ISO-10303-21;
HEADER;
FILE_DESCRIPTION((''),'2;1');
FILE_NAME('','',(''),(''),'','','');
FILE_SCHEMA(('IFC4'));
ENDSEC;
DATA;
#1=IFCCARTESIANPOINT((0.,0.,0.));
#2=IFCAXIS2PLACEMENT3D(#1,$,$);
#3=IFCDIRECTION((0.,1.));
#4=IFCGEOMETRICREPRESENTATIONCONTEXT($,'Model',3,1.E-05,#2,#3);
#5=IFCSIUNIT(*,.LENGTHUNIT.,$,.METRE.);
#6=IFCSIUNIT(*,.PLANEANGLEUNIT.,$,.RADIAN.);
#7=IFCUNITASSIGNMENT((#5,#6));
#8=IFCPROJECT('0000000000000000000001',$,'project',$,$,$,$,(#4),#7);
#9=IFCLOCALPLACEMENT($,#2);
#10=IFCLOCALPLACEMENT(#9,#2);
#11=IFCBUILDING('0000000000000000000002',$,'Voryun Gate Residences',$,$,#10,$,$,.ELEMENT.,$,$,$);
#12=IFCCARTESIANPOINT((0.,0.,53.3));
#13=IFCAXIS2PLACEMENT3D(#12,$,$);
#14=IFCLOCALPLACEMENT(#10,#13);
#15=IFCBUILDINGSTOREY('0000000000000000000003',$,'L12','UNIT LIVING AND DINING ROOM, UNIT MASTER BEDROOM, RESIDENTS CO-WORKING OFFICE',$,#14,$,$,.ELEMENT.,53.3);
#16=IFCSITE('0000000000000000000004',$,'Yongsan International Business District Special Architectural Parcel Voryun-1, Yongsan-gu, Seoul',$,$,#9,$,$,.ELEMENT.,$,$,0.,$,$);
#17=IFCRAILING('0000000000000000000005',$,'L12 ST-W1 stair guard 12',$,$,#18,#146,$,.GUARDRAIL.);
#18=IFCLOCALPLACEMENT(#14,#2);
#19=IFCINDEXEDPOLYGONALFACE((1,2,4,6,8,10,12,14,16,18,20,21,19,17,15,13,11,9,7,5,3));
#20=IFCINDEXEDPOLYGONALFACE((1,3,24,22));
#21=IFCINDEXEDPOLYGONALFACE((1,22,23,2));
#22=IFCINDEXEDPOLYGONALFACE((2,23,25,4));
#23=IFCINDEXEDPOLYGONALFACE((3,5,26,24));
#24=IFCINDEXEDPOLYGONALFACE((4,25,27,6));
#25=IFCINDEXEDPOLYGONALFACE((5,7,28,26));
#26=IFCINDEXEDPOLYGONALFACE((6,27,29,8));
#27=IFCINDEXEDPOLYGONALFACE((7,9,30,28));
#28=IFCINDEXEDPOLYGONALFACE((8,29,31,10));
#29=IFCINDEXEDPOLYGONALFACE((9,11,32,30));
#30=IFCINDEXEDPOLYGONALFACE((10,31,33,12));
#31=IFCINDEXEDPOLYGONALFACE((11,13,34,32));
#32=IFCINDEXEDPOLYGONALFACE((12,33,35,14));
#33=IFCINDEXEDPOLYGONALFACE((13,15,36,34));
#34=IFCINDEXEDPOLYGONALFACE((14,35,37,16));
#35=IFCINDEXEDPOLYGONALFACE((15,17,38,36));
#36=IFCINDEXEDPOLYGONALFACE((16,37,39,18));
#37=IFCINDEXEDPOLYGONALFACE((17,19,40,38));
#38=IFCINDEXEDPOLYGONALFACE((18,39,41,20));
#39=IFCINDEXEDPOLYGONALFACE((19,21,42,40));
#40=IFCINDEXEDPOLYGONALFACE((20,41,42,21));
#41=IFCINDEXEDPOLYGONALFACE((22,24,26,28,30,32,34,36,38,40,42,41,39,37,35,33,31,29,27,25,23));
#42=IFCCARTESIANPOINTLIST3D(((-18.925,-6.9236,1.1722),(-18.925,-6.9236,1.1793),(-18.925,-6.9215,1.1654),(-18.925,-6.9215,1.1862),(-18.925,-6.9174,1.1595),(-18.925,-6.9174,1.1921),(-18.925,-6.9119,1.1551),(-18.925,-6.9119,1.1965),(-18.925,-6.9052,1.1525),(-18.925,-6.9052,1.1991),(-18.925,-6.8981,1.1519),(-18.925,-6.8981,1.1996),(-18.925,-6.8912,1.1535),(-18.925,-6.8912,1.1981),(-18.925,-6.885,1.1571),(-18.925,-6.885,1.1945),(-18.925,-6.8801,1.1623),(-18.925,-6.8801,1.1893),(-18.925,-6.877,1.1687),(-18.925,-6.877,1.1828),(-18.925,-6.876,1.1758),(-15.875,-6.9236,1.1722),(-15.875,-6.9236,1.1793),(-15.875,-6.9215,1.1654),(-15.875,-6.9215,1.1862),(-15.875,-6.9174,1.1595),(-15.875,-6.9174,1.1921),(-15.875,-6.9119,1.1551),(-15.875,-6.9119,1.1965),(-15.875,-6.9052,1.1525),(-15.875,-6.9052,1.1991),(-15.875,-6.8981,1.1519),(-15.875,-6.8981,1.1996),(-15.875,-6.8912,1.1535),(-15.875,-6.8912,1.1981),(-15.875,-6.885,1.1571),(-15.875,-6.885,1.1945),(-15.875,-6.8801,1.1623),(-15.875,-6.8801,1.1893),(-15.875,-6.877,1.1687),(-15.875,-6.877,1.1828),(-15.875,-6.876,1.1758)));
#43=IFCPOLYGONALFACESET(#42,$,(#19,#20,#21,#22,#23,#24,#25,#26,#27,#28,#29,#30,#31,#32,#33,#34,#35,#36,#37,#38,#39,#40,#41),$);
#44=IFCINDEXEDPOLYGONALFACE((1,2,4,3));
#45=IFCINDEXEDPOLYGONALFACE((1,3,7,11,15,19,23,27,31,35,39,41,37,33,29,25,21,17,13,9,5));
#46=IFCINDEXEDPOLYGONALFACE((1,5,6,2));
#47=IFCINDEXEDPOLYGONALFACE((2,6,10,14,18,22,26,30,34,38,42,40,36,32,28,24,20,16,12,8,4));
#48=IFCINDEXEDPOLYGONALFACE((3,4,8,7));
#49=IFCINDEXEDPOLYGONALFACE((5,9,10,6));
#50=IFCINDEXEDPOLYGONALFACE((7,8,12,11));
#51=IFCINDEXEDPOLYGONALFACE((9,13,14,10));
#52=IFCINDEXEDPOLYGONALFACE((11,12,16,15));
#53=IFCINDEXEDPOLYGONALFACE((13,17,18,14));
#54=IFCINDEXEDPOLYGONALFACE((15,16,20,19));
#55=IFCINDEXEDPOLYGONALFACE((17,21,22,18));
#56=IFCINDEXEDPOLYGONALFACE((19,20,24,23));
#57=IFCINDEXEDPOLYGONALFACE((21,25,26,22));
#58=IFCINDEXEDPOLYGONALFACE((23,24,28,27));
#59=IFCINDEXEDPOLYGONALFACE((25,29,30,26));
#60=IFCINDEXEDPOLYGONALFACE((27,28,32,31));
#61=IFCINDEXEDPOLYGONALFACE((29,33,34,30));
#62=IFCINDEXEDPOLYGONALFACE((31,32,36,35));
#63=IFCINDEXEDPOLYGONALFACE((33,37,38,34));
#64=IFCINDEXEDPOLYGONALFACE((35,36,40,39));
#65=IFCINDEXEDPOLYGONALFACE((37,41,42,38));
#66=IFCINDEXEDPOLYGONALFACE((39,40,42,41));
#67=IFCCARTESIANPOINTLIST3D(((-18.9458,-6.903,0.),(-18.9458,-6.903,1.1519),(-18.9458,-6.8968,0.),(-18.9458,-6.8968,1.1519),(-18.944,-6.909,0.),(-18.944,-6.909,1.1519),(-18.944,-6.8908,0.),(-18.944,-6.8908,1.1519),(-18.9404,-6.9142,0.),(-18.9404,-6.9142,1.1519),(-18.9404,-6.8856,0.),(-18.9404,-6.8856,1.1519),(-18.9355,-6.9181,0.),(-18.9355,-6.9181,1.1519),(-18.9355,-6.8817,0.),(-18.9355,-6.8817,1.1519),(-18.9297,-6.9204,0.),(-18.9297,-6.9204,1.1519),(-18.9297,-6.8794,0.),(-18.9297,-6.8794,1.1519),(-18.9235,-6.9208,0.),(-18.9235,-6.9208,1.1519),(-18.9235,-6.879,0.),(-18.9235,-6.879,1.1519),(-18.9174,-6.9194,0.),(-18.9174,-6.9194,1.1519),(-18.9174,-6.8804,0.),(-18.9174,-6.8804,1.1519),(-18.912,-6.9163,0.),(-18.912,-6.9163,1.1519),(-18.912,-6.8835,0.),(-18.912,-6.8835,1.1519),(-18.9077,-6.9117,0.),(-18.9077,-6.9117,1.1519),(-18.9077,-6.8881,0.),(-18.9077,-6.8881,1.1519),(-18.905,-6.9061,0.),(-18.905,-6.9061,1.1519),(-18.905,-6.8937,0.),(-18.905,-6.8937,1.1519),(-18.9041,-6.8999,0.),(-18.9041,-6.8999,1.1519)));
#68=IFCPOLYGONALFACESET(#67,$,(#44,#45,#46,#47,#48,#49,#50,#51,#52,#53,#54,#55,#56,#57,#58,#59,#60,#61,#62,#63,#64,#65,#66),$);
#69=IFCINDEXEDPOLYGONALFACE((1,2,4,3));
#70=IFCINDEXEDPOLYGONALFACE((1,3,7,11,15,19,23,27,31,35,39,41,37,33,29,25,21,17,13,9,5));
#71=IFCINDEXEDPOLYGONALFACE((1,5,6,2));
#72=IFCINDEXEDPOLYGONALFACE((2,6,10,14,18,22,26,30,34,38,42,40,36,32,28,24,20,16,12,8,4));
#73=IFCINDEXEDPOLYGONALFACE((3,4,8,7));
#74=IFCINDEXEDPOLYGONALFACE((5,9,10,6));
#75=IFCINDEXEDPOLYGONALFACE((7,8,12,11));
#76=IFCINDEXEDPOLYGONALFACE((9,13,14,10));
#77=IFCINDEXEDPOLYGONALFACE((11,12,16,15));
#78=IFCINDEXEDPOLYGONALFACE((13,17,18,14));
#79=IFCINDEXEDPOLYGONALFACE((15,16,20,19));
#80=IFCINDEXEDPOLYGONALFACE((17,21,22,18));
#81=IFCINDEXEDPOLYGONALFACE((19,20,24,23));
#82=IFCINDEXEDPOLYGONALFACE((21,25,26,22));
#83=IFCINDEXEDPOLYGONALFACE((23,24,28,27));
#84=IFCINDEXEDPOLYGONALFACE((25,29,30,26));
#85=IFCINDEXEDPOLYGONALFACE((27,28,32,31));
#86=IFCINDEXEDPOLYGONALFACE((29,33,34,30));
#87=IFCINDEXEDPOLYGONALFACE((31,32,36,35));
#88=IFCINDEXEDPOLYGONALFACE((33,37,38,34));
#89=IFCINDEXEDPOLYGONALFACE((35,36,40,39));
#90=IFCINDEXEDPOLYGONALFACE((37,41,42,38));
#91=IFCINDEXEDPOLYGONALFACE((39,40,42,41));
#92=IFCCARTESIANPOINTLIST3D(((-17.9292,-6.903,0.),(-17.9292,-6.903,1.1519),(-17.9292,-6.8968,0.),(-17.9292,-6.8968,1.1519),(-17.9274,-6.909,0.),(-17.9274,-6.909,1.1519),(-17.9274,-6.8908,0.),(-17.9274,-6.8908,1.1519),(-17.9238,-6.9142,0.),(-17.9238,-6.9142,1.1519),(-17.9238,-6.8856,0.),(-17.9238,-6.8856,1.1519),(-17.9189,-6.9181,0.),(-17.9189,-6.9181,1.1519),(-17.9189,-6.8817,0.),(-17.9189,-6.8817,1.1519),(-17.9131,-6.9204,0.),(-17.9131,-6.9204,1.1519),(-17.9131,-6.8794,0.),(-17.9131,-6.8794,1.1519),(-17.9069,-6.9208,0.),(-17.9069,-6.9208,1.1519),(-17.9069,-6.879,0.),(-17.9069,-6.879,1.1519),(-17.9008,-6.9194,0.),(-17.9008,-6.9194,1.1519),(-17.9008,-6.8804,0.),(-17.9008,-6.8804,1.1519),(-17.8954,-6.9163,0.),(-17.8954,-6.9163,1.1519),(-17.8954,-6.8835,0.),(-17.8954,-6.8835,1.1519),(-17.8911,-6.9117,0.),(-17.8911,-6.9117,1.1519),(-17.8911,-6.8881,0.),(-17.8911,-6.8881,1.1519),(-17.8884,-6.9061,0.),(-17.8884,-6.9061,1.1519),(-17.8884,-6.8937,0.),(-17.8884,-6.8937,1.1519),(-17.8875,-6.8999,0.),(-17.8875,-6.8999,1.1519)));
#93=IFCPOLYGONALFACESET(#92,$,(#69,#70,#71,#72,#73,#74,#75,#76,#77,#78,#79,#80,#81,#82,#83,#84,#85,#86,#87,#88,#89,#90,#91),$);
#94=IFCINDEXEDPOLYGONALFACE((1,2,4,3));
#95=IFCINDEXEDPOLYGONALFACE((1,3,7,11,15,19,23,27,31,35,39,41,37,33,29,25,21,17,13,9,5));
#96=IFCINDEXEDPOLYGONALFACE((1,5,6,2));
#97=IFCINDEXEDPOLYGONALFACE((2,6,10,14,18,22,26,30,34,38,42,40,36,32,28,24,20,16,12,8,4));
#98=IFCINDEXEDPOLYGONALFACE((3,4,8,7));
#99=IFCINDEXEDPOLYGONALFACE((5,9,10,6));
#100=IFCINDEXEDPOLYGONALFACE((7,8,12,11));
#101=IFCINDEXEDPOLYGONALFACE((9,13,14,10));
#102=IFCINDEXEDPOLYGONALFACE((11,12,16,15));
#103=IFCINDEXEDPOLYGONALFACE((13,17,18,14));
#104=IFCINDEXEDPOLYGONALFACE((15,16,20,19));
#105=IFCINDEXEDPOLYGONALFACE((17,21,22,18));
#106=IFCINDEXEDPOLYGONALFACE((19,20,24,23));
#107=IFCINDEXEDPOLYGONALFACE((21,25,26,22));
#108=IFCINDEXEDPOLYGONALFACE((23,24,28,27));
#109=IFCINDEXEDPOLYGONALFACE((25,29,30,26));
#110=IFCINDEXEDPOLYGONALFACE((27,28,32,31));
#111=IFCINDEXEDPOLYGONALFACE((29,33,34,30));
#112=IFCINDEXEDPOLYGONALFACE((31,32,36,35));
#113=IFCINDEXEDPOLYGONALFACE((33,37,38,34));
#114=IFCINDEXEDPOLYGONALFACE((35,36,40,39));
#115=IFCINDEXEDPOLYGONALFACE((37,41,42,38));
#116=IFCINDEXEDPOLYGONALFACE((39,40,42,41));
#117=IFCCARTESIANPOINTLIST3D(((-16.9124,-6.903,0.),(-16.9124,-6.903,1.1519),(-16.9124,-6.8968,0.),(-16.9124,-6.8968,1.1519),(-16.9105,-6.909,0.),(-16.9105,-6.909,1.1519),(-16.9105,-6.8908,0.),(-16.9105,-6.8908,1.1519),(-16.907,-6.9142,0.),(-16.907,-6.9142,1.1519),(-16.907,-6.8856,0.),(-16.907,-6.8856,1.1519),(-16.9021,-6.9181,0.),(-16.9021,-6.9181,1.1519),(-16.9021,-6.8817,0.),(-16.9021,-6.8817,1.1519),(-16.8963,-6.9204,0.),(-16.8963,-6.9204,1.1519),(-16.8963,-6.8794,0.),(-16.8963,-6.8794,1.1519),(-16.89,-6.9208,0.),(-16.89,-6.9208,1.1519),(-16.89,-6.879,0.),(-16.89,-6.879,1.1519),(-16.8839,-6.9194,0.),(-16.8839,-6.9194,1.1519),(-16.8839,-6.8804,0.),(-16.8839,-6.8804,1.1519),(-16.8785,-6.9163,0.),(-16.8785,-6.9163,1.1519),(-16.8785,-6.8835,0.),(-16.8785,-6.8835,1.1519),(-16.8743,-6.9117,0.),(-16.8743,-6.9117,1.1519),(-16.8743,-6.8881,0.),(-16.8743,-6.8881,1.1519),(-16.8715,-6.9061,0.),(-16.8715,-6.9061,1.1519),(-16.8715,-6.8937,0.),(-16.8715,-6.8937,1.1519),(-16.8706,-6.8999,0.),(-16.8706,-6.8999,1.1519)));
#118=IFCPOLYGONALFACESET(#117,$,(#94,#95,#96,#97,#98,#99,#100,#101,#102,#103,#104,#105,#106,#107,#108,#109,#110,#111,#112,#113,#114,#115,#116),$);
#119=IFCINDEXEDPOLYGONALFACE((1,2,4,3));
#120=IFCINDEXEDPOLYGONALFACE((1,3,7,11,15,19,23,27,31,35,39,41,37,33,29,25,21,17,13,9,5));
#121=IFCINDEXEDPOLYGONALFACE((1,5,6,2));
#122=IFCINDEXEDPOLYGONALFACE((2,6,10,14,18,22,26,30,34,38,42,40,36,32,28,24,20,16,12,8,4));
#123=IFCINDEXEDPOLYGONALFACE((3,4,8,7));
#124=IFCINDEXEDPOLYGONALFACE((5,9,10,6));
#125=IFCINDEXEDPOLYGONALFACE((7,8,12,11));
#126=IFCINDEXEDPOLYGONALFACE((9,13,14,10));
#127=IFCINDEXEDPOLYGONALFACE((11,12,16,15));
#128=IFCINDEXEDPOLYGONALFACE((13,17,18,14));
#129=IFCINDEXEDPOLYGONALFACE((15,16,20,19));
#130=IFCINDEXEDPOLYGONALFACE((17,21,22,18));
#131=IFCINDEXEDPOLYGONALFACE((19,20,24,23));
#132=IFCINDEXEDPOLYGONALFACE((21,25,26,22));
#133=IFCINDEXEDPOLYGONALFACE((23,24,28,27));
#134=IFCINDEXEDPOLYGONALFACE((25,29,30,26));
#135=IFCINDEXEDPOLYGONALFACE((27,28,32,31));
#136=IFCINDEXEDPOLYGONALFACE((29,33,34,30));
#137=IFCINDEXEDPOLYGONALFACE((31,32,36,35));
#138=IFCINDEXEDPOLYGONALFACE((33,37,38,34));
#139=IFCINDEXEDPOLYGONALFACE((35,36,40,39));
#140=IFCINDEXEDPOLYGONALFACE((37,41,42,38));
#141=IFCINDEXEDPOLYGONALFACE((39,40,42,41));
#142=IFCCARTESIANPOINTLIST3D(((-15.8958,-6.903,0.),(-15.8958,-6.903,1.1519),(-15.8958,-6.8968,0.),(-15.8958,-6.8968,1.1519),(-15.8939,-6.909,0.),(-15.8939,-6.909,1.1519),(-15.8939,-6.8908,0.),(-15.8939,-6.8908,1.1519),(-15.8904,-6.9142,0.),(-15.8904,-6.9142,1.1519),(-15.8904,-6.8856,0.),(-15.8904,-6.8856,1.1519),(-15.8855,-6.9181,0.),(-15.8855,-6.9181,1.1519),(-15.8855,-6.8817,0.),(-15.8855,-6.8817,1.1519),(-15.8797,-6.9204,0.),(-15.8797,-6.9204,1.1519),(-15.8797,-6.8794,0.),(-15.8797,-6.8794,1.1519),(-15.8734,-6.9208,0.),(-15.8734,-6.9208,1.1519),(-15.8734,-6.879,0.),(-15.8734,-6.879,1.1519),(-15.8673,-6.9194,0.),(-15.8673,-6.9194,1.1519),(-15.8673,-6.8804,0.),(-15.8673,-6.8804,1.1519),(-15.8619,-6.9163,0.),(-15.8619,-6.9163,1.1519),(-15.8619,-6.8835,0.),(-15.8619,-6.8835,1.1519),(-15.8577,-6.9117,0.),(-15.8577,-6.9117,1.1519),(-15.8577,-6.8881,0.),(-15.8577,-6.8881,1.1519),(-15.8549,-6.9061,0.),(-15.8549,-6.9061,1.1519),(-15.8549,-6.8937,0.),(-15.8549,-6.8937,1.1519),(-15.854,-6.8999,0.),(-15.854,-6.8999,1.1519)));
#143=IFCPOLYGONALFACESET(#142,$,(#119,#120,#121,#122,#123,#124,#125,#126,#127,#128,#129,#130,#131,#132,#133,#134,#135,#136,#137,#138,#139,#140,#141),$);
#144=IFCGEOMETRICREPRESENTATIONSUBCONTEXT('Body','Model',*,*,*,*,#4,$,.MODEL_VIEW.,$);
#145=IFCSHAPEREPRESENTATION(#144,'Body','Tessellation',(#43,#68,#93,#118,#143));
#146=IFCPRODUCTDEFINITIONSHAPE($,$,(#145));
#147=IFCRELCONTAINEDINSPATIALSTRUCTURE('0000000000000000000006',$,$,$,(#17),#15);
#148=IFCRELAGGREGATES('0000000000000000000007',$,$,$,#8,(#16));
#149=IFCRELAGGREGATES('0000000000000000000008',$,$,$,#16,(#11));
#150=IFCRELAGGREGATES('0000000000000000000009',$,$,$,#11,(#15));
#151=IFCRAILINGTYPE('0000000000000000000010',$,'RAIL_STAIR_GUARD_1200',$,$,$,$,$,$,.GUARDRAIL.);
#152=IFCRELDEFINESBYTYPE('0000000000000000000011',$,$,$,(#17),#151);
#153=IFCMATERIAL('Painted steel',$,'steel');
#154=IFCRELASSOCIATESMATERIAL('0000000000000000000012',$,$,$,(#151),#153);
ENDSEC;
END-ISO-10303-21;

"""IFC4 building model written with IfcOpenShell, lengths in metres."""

from ifc_helpers import new_model, si_unit, direction, frame, origin, origin_2d, place, context, subcontext, project, spatial, circle, extrude, material, type_object, element, save


model = new_model("IFC4")

# Units and contexts
model_context = context("Model", 3, precision=1e-05, world=origin(), true_north=direction((0.0, 1.0)))
body_context = subcontext(model_context, "Body", "Model", "MODEL_VIEW")
ifc_project = project(units=[si_unit("LENGTHUNIT", "METRE"), si_unit("PLANEANGLEUNIT", "RADIAN")], contexts=[model_context])

# Site, building, storey
site_placement = place(None, origin())
site = spatial("IfcSite", under=ifc_project, at=site_placement, Name="Yongsan International Business District Special Architectural Parcel Voryun-1, Yongsan-gu, Seoul", CompositionType="ELEMENT", RefElevation=0.0)
building_placement = place(site_placement, origin())
building = spatial("IfcBuilding", under=site, at=building_placement, Name="Voryun Gate Residences", CompositionType="ELEMENT")
storey_placement = place(building_placement, frame((0.0, 0.0, 53.3)))
storey = spatial("IfcBuildingStorey", under=building, at=storey_placement, Name="L12", Description="UNIT LIVING AND DINING ROOM, UNIT MASTER BEDROOM, RESIDENTS CO-WORKING OFFICE", CompositionType="ELEMENT", Elevation=53.3)

# Railing
ifc_material_1 = material(Name="Painted steel", Category="steel")
railing_type_1 = type_object("IfcRailingType", Name="RAIL_STAIR_GUARD_1200", PredefinedType="GUARDRAIL", material=ifc_material_1)
railing_1_placement = place(storey_placement, frame((-18.925, -6.8999, 0.0)))
element("IfcRailing", 1, at=railing_1_placement, inside=storey, type_object=railing_type_1, Name="L12 ST-W1 stair guard 12", PredefinedType="GUARDRAIL", context=body_context, shape_type="SweptSolid", body=[
    extrude(circle(Radius=0.0239, at=origin_2d()), frame((0.0, 0.0, 1.1758), z_axis=(1.0, 0.0, 0.0), x_axis=(0.0, 1.0, 0.0)), (0.0, 0.0, 1.0), 3.05),
    extrude(circle(Radius=0.021, at=origin_2d()), origin(), (0.0, 0.0, 1.0), 1.1519),
    extrude(circle(Radius=0.021, at=origin_2d()), frame((1.0166, 0.0, 0.0)), (0.0, 0.0, 1.0), 1.1519),
    extrude(circle(Radius=0.021, at=origin_2d()), frame((2.0334, 0.0, 0.0)), (0.0, 0.0, 1.0), 1.1519),
    extrude(circle(Radius=0.021, at=origin_2d()), frame((3.05, 0.0, 0.0)), (0.0, 0.0, 1.0), 1.1519),
])

save(model, "model.ifc")
